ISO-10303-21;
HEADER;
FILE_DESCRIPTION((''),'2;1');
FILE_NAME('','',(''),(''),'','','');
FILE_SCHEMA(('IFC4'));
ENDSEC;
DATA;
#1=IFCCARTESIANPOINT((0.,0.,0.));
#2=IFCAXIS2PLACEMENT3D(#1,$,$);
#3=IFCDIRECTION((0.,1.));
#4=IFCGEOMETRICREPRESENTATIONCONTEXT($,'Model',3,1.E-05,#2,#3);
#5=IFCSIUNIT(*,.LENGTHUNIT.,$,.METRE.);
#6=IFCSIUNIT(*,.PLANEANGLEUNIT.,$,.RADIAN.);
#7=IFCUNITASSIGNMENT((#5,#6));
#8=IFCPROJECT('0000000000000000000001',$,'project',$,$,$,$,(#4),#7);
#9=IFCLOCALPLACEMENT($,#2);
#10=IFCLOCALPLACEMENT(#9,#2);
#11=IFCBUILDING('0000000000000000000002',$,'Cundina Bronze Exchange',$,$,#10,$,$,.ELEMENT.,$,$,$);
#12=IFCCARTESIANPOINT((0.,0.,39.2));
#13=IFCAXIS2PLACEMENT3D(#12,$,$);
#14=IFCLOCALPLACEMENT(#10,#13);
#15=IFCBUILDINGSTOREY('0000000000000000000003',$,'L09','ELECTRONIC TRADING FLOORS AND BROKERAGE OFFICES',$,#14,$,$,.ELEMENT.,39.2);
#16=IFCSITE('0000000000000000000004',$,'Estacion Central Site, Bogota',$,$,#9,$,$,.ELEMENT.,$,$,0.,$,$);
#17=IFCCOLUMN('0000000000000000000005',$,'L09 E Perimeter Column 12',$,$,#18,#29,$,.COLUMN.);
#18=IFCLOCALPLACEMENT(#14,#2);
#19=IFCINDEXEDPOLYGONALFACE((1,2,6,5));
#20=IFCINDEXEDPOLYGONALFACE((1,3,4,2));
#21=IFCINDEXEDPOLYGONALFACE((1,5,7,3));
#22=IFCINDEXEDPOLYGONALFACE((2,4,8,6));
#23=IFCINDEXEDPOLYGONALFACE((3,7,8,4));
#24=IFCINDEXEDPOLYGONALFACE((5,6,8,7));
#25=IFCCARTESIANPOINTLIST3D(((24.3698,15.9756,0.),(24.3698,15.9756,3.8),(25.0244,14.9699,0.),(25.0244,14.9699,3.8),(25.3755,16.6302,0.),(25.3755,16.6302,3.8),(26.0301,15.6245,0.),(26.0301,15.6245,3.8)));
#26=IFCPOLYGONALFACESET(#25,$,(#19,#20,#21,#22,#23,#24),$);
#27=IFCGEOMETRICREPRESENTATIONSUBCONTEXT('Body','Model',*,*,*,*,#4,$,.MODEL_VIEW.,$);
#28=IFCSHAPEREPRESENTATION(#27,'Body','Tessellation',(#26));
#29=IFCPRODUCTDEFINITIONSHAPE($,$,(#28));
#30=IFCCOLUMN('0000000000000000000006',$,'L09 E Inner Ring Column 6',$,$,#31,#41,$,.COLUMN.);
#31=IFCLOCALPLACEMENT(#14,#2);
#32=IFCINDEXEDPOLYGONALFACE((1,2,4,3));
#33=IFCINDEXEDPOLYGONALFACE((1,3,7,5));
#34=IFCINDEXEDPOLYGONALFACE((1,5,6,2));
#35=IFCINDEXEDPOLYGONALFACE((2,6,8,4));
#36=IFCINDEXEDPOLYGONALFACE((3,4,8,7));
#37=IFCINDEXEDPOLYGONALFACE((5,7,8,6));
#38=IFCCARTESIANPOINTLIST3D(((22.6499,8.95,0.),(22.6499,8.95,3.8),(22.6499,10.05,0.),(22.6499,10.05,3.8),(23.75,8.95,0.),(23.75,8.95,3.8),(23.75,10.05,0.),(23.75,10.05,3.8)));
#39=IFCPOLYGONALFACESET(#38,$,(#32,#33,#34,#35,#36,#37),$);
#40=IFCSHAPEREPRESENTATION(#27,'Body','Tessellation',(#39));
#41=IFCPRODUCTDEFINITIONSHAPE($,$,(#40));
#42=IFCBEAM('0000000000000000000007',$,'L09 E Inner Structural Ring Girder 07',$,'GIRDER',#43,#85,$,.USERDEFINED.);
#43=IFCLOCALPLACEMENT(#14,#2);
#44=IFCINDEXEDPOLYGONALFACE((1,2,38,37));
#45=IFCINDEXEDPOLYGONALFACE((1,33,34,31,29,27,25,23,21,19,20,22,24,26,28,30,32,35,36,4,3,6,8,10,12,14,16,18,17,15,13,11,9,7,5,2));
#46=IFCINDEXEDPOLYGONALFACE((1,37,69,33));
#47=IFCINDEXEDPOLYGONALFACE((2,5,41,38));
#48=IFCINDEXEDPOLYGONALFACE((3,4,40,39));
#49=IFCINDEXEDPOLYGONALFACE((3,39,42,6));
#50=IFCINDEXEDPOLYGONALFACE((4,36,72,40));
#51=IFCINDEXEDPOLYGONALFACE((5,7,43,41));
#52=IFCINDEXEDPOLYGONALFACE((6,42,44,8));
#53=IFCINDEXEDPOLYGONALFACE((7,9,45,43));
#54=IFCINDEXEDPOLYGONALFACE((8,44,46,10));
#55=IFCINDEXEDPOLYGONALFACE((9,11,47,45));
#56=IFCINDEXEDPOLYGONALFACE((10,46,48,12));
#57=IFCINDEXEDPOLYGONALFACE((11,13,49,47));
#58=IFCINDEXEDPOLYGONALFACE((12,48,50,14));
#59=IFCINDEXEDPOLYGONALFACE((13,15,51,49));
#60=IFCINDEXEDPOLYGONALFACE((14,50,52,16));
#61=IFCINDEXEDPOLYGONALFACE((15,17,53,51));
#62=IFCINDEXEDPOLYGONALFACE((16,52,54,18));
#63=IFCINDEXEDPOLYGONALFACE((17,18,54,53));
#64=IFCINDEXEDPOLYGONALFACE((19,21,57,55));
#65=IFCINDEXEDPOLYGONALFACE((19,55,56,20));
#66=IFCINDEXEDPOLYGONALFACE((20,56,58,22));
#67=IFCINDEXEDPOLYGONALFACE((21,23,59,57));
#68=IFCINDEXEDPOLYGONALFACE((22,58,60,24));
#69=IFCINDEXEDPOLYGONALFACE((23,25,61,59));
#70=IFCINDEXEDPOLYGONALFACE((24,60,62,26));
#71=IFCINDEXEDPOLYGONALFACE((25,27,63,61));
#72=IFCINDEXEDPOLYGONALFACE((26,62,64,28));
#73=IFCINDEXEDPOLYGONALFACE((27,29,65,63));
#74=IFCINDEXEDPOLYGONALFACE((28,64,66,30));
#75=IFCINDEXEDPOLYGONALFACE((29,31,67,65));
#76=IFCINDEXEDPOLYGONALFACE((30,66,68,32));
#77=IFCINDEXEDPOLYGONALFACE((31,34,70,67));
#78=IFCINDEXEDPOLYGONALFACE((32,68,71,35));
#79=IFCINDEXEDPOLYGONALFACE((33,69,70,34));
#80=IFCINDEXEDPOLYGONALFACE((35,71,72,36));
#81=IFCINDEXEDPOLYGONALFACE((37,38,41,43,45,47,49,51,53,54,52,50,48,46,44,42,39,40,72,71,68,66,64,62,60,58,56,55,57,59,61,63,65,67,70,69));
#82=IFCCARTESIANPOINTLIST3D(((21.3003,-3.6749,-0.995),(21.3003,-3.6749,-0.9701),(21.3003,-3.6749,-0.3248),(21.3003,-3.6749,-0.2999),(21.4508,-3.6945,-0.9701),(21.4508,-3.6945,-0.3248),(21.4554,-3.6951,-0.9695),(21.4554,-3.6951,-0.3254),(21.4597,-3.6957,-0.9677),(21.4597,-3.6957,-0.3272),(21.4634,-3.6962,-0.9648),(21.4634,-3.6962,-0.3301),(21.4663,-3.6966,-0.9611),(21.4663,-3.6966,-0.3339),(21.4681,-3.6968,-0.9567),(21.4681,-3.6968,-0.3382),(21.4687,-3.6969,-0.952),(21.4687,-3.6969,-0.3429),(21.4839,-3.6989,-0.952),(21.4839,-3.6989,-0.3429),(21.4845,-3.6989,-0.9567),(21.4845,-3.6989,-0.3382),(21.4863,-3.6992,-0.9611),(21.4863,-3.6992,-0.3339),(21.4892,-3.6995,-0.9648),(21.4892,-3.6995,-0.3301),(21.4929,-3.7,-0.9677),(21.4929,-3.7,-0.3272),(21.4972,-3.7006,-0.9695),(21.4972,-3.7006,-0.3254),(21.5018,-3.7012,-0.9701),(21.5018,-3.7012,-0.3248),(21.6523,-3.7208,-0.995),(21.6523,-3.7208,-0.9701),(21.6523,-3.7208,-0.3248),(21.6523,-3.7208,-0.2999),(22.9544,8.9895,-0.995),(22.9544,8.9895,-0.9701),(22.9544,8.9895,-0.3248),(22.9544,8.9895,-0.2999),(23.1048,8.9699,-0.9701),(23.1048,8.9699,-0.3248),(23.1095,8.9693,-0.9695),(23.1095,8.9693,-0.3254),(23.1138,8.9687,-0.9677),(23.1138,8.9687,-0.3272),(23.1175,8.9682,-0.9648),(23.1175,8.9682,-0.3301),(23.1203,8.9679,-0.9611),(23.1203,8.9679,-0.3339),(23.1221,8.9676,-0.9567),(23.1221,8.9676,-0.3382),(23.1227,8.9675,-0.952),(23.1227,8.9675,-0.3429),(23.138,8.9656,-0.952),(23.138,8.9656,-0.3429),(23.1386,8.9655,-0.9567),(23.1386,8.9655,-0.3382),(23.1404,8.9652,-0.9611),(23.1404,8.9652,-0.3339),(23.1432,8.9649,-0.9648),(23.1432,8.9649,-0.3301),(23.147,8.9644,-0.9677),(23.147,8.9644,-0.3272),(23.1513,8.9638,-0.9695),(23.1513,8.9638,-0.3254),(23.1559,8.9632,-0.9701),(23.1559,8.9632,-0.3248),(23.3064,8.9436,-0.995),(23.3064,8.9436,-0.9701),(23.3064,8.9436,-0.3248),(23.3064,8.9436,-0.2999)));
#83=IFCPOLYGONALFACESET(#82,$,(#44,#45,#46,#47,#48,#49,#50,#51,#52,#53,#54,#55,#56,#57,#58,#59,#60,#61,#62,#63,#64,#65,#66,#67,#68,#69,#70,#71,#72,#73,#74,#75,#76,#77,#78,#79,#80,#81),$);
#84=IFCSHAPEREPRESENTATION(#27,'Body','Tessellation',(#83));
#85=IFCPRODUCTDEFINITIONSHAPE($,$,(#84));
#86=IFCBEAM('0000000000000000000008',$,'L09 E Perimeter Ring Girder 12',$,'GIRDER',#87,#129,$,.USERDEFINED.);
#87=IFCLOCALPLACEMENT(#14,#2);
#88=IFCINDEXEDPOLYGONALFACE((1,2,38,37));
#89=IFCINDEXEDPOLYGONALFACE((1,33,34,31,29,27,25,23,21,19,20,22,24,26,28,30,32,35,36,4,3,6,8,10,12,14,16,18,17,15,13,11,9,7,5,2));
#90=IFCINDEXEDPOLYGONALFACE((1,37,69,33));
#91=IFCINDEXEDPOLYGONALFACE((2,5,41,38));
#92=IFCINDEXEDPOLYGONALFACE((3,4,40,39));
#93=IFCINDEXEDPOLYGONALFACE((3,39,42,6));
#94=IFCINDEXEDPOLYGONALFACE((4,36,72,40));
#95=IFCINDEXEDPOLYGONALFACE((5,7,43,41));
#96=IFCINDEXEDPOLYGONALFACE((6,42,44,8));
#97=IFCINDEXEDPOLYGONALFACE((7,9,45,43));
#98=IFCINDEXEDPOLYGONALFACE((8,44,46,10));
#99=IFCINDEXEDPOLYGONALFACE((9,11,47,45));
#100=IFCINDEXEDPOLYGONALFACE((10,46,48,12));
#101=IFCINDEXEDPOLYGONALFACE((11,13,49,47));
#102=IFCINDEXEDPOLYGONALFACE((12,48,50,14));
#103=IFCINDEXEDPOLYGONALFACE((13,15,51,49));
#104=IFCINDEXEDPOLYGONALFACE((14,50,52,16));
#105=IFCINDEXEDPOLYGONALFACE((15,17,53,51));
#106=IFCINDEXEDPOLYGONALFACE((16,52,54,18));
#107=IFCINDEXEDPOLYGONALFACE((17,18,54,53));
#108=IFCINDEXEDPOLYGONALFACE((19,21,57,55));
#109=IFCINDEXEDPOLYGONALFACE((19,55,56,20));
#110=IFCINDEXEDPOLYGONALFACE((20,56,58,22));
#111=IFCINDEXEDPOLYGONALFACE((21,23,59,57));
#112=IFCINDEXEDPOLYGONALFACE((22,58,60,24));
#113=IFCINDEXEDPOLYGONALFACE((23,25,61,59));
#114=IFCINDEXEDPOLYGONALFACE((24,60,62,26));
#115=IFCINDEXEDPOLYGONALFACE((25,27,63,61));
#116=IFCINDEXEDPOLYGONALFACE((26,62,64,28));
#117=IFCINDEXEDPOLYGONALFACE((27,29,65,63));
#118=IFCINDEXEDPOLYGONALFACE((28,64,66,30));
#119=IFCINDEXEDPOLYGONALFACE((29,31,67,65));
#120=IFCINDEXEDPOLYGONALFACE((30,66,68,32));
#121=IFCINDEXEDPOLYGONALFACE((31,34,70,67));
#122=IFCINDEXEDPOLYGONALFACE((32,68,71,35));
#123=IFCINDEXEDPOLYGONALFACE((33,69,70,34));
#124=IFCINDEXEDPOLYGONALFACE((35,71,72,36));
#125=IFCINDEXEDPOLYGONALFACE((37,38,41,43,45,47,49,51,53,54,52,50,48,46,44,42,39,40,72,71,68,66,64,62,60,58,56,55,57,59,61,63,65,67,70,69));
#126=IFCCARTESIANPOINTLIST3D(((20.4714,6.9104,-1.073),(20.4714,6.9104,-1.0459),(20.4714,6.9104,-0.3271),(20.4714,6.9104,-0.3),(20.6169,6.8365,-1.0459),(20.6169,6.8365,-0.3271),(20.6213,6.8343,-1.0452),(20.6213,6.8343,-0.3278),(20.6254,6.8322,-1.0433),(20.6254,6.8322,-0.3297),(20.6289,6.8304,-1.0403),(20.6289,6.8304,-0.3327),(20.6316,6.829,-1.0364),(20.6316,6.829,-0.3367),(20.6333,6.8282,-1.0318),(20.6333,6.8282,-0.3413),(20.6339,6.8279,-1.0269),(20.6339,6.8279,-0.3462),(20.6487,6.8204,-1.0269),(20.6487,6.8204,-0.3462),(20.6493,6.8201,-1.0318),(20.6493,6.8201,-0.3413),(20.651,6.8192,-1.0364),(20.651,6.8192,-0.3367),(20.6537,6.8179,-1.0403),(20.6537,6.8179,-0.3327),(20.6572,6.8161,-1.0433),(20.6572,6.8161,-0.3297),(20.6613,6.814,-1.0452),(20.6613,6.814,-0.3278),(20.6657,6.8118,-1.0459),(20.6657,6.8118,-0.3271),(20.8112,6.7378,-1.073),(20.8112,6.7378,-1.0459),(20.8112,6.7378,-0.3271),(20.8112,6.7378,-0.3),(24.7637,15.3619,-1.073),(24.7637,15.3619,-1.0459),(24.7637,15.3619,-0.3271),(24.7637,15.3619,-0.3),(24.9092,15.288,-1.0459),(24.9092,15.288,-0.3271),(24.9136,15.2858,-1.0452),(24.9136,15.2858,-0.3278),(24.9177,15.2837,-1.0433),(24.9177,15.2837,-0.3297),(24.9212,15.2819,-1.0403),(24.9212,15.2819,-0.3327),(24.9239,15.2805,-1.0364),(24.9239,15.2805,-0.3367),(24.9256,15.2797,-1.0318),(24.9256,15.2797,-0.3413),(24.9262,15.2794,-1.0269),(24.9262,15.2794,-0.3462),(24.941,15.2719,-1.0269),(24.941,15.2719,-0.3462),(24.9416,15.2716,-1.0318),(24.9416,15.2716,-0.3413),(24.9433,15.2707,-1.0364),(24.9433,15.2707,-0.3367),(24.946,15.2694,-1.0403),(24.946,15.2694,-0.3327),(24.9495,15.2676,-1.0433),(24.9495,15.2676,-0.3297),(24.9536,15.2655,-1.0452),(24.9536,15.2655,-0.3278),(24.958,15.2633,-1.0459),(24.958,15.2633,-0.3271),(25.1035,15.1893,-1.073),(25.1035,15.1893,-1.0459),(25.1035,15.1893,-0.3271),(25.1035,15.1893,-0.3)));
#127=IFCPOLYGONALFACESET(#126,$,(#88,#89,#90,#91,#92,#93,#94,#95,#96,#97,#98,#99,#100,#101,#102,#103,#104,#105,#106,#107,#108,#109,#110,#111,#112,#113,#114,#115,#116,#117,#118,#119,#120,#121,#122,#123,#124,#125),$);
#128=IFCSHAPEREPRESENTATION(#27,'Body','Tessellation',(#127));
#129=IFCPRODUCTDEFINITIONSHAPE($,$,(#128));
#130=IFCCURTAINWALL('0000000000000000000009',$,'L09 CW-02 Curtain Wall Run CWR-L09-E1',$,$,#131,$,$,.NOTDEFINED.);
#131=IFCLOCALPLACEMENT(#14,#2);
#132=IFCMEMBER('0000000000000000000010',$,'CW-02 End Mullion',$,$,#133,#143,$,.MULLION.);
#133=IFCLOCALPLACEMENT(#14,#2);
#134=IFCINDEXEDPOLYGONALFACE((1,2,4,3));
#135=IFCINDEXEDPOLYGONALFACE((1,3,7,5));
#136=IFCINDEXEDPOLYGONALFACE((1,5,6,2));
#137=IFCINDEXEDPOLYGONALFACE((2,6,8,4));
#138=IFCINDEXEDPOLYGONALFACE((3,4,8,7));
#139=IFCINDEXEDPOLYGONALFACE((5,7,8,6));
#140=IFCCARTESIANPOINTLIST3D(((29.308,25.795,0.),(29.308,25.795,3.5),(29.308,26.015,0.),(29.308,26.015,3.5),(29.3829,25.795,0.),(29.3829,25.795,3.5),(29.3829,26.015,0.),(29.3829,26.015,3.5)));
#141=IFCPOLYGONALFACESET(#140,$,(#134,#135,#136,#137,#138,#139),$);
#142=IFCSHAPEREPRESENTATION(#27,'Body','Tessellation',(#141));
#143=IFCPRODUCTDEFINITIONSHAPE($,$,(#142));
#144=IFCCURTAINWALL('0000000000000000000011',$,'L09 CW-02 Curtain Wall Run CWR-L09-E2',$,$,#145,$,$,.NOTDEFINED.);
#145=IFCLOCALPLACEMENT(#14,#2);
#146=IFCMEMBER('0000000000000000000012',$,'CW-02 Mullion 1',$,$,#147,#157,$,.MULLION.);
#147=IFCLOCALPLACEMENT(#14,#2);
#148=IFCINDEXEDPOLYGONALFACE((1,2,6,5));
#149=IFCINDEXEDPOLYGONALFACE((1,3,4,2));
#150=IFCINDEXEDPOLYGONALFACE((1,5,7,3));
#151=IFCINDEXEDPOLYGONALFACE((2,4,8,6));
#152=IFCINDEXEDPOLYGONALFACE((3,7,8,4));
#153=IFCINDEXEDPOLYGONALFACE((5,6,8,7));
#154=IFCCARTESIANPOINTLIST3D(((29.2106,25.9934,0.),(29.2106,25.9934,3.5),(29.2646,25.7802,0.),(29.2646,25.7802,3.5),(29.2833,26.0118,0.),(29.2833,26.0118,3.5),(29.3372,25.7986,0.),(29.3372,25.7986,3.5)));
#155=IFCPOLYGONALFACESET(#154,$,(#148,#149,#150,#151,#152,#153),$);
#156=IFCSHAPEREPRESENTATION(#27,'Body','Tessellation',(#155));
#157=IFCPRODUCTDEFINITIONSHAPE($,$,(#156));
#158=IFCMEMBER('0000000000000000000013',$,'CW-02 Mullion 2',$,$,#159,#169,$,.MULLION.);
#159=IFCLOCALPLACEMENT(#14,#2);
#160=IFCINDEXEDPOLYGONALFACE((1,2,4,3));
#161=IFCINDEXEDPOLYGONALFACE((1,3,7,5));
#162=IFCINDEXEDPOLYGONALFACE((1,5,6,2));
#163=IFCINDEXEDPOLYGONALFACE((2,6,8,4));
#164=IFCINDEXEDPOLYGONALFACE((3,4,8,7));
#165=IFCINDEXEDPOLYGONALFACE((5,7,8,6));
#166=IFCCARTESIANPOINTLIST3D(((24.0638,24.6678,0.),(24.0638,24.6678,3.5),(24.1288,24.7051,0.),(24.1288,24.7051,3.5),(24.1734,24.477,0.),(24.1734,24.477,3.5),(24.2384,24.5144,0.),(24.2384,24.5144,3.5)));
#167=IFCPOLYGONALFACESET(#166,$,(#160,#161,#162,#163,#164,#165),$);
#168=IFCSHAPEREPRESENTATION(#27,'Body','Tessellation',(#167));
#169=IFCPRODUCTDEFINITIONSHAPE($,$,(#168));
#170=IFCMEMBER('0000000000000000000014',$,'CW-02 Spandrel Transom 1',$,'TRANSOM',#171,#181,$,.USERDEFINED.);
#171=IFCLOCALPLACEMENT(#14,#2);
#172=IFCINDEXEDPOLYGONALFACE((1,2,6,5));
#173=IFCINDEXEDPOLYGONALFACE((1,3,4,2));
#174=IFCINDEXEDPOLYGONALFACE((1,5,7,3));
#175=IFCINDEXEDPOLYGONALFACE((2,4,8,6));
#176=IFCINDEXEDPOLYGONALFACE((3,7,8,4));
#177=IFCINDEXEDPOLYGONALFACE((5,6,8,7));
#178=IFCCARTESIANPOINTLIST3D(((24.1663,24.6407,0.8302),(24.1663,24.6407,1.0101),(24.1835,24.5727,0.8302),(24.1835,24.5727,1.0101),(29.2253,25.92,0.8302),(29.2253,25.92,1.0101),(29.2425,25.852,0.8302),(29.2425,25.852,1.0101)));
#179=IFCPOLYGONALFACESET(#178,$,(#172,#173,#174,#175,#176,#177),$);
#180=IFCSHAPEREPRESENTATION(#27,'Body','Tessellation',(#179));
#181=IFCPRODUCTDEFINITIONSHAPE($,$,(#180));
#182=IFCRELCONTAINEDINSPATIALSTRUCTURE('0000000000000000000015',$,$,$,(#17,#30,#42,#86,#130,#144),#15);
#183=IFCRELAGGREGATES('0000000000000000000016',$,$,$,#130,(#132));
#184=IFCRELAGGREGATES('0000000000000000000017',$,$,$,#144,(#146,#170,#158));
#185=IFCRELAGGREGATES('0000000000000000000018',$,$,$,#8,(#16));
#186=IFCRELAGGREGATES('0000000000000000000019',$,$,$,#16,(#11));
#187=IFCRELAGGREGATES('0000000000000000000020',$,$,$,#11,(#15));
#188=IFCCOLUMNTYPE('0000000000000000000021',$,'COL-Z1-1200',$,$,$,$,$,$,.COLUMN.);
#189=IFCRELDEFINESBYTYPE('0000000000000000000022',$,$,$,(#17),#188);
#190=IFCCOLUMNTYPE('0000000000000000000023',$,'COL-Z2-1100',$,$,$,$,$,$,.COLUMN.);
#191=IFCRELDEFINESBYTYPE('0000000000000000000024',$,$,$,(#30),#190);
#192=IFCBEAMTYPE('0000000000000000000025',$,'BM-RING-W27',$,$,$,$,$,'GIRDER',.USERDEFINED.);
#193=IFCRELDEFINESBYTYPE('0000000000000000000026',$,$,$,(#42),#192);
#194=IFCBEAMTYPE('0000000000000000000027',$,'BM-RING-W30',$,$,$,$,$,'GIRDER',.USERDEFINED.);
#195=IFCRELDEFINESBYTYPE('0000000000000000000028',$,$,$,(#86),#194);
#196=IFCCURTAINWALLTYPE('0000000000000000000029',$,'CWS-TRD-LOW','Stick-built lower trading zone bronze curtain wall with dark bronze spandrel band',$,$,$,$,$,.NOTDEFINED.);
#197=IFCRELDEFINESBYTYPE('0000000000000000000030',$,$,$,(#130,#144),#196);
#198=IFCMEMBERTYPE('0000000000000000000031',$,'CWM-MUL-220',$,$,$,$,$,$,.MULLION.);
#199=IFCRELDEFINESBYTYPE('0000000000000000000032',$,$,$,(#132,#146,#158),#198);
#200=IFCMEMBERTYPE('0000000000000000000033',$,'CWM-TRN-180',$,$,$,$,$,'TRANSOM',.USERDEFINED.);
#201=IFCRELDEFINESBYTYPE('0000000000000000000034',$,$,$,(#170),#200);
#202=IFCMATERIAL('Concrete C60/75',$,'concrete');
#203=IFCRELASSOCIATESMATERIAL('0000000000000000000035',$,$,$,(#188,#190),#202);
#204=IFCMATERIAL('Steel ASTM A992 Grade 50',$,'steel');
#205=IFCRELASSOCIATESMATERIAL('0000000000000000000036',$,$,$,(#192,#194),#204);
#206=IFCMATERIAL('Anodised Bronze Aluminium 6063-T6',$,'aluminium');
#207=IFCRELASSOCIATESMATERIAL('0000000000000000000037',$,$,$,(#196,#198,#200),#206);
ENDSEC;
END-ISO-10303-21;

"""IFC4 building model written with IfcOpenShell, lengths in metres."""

from ifc_helpers import new_model, si_unit, direction, frame, origin, origin_2d, place, context, subcontext, project, spatial, rectangle, i_section, extrude, material, material_profile, profile_set, type_object, element, aggregate, save


model = new_model("IFC4")

# Units and contexts
model_context = context("Model", 3, precision=1e-05, world=origin(), true_north=direction((0.0, 1.0)))
body_context = subcontext(model_context, "Body", "Model", "MODEL_VIEW")
ifc_project = project(units=[si_unit("LENGTHUNIT", "METRE"), si_unit("PLANEANGLEUNIT", "RADIAN")], contexts=[model_context])

# Site, building, storey
site_placement = place(None, origin())
site = spatial("IfcSite", under=ifc_project, at=site_placement, Name="Estacion Central Site, Bogota", CompositionType="ELEMENT", RefElevation=0.0)
building_placement = place(site_placement, origin())
building = spatial("IfcBuilding", under=site, at=building_placement, Name="Cundina Bronze Exchange", CompositionType="ELEMENT")
storey_placement = place(building_placement, frame((0.0, 0.0, 39.2)))
storey = spatial("IfcBuildingStorey", under=building, at=storey_placement, Name="L09", Description="ELECTRONIC TRADING FLOORS AND BROKERAGE OFFICES", CompositionType="ELEMENT", Elevation=39.2)

# Columns
ifc_material_1 = material(Name="Concrete C60/75", Category="concrete")
ifc_material_profile_1 = material_profile(ifc_material_1, rectangle(XDim=1.2, YDim=1.2, at=origin_2d()), Name="RC1200X1200", Category="concrete")
ifc_profile_set_1 = profile_set([ifc_material_profile_1], Name="Concrete C60/75")
column_type_1 = type_object("IfcColumnType", Name="COL-Z1-1200", PredefinedType="COLUMN", material=ifc_profile_set_1)
column_1_placement = place(storey_placement, frame((25.2, 15.8, 0.0), z_axis=(0.0, 0.0, 1.0), x_axis=(-0.8381, -0.545517, 0.0)))
element("IfcColumn", 1, at=column_1_placement, inside=storey, type_object=column_type_1, Name="L09 E Perimeter Column 12", PredefinedType="COLUMN", context=body_context, shape_type="SweptSolid", body=[
    extrude(rectangle(XDim=1.2, YDim=1.2, at=origin_2d()), origin(), (0.0, 0.0, 1.0), 3.8),
])
ifc_material_profile_2 = material_profile(ifc_material_1, rectangle(XDim=1.1001, YDim=1.1001, at=origin_2d()), Name="RC1100X1100", Category="concrete")
ifc_profile_set_2 = profile_set([ifc_material_profile_2], Name="Concrete C60/75")
column_type_2 = type_object("IfcColumnType", Name="COL-Z2-1100", PredefinedType="COLUMN", material=ifc_profile_set_2)
column_2_placement = place(storey_placement, frame((23.2, 9.5, 0.0), z_axis=(0.0, 0.0, 1.0), x_axis=(1.0, 0.0, 0.0)))
element("IfcColumn", 2, at=column_2_placement, inside=storey, type_object=column_type_2, Name="L09 E Inner Ring Column 6", PredefinedType="COLUMN", context=body_context, shape_type="SweptSolid", body=[
    extrude(rectangle(XDim=1.1001, YDim=1.1001, at=origin_2d()), origin(), (0.0, 0.0, 1.0), 3.8),
])

# Beams
ifc_material_2 = material(Name="Steel ASTM A992 Grade 50", Category="steel")
ifc_material_profile_3 = material_profile(ifc_material_2, i_section(OverallWidth=0.355, OverallDepth=0.6951, WebThickness=0.0154, FlangeThickness=0.0249, FilletRadius=0.0181, at=origin_2d()), Name="W27X146", Category="steel")
ifc_profile_set_3 = profile_set([ifc_material_profile_3], Name="Steel ASTM A992 Grade 50")
beam_type_1 = type_object("IfcBeamType", Name="BM-RING-W27", ElementType="GIRDER", PredefinedType="USERDEFINED", material=ifc_profile_set_3)
beam_1_placement = place(storey_placement, frame((23.1304, 8.9666, -0.6475), z_axis=(-0.129508, -0.991578, 0.0), x_axis=(0.991578, -0.129508, 0.0)))
element("IfcBeam", 3, at=beam_1_placement, inside=storey, type_object=beam_type_1, Name="L09 E Inner Structural Ring Girder 07", ObjectType="GIRDER", PredefinedType="USERDEFINED", context=body_context, shape_type="SweptSolid", body=[
    extrude(i_section(OverallWidth=0.355, OverallDepth=0.6951, WebThickness=0.0154, FlangeThickness=0.0249, FilletRadius=0.0181, at=origin_2d()), origin(), (0.0, 0.0, 1.0), 12.772),
])
ifc_material_profile_4 = material_profile(ifc_material_2, i_section(OverallWidth=0.3811, OverallDepth=0.7729, WebThickness=0.0166, FlangeThickness=0.0271, FilletRadius=0.019, at=origin_2d()), Name="W30X173", Category="steel")
ifc_profile_set_4 = profile_set([ifc_material_profile_4], Name="Steel ASTM A992 Grade 50")
beam_type_2 = type_object("IfcBeamType", Name="BM-RING-W30", ElementType="GIRDER", PredefinedType="USERDEFINED", material=ifc_profile_set_4)
beam_2_placement = place(storey_placement, frame((24.9336, 15.2756, -0.6865), z_axis=(-0.45282, -0.891602, 0.0), x_axis=(0.891602, -0.45282, 0.0)))
element("IfcBeam", 4, at=beam_2_placement, inside=storey, type_object=beam_type_2, Name="L09 E Perimeter Ring Girder 12", ObjectType="GIRDER", PredefinedType="USERDEFINED", context=body_context, shape_type="SweptSolid", body=[
    extrude(i_section(OverallWidth=0.3811, OverallDepth=0.7729, WebThickness=0.0166, FlangeThickness=0.0271, FilletRadius=0.019, at=origin_2d()), origin(), (0.0, 0.0, 1.0), 9.479),
])

# Curtain wall, member
ifc_material_3 = material(Name="Anodised Bronze Aluminium 6063-T6", Category="aluminium")
curtain_wall_type = type_object("IfcCurtainWallType", Name="CWS-TRD-LOW", Description="Stick-built lower trading zone bronze curtain wall with dark bronze spandrel band", PredefinedType="NOTDEFINED", material=ifc_material_3)
curtain_wall_1_placement = place(storey_placement, origin())
curtain_wall_1 = element("IfcCurtainWall", 5, at=curtain_wall_1_placement, inside=storey, type_object=curtain_wall_type, Name="L09 CW-02 Curtain Wall Run CWR-L09-E1", PredefinedType="NOTDEFINED")
ifc_material_profile_5 = material_profile(ifc_material_3, rectangle(XDim=0.075, YDim=0.22, at=origin_2d()), Name="AL75X220", Category="aluminium")
ifc_profile_set_5 = profile_set([ifc_material_profile_5], Name="Anodised Bronze Aluminium 6063-T6")
member_type_1 = type_object("IfcMemberType", Name="CWM-MUL-220", PredefinedType="MULLION", material=ifc_profile_set_5)
member_1_placement = place(storey_placement, frame((29.3455, 25.905, 0.0), z_axis=(0.0, 0.0, 1.0), x_axis=(-1.0, 0.0, 0.0)))
member_1 = element("IfcMember", 6, at=member_1_placement, type_object=member_type_1, Name="CW-02 End Mullion", PredefinedType="MULLION", context=body_context, shape_type="SweptSolid", body=[
    extrude(rectangle(XDim=0.075, YDim=0.22, at=origin_2d()), origin(), (0.0, 0.0, 1.0), 3.5),
])
aggregate(curtain_wall_1, [member_1])

# Curtain wall, members
curtain_wall_2_placement = place(storey_placement, origin())
curtain_wall_2 = element("IfcCurtainWall", 7, at=curtain_wall_2_placement, inside=storey, type_object=curtain_wall_type, Name="L09 CW-02 Curtain Wall Run CWR-L09-E2", PredefinedType="NOTDEFINED")
member_2_placement = place(storey_placement, frame((29.2739, 25.896, 0.0), z_axis=(0.0, 0.0, 1.0), x_axis=(-0.969488, -0.245138, 0.0)))
member_2 = element("IfcMember", 8, at=member_2_placement, type_object=member_type_1, Name="CW-02 Mullion 1", PredefinedType="MULLION", context=body_context, shape_type="SweptSolid", body=[
    extrude(rectangle(XDim=0.075, YDim=0.22, at=origin_2d()), origin(), (0.0, 0.0, 1.0), 3.5),
])
member_3_placement = place(storey_placement, frame((24.1511, 24.5911, 0.0), z_axis=(0.0, 0.0, 1.0), x_axis=(-0.867071, -0.498185, 0.0)))
member_3 = element("IfcMember", 9, at=member_3_placement, type_object=member_type_1, Name="CW-02 Mullion 2", PredefinedType="MULLION", context=body_context, shape_type="SweptSolid", body=[
    extrude(rectangle(XDim=0.075, YDim=0.22, at=origin_2d()), origin(), (0.0, 0.0, 1.0), 3.5),
])
ifc_material_profile_6 = material_profile(ifc_material_3, rectangle(XDim=0.0701, YDim=0.1799, at=origin_2d()), Name="AL70X180", Category="aluminium")
ifc_profile_set_6 = profile_set([ifc_material_profile_6], Name="Anodised Bronze Aluminium 6063-T6")
member_type_2 = type_object("IfcMemberType", Name="CWM-TRN-180", ElementType="TRANSOM", PredefinedType="USERDEFINED", material=ifc_profile_set_6)
member_4_placement = place(storey_placement, frame((29.2339, 25.886, 0.9202), z_axis=(-0.969484, -0.245155, 0.0), x_axis=(0.245155, -0.969484, 0.0)))
member_4 = element("IfcMember", 10, at=member_4_placement, type_object=member_type_2, Name="CW-02 Spandrel Transom 1", ObjectType="TRANSOM", PredefinedType="USERDEFINED", context=body_context, shape_type="SweptSolid", body=[
    extrude(rectangle(XDim=0.0701, YDim=0.1799, at=origin_2d()), origin(), (0.0, 0.0, 1.0), 5.2183),
])
aggregate(curtain_wall_2, [member_2, member_4, member_3])

save(model, "model.ifc")
